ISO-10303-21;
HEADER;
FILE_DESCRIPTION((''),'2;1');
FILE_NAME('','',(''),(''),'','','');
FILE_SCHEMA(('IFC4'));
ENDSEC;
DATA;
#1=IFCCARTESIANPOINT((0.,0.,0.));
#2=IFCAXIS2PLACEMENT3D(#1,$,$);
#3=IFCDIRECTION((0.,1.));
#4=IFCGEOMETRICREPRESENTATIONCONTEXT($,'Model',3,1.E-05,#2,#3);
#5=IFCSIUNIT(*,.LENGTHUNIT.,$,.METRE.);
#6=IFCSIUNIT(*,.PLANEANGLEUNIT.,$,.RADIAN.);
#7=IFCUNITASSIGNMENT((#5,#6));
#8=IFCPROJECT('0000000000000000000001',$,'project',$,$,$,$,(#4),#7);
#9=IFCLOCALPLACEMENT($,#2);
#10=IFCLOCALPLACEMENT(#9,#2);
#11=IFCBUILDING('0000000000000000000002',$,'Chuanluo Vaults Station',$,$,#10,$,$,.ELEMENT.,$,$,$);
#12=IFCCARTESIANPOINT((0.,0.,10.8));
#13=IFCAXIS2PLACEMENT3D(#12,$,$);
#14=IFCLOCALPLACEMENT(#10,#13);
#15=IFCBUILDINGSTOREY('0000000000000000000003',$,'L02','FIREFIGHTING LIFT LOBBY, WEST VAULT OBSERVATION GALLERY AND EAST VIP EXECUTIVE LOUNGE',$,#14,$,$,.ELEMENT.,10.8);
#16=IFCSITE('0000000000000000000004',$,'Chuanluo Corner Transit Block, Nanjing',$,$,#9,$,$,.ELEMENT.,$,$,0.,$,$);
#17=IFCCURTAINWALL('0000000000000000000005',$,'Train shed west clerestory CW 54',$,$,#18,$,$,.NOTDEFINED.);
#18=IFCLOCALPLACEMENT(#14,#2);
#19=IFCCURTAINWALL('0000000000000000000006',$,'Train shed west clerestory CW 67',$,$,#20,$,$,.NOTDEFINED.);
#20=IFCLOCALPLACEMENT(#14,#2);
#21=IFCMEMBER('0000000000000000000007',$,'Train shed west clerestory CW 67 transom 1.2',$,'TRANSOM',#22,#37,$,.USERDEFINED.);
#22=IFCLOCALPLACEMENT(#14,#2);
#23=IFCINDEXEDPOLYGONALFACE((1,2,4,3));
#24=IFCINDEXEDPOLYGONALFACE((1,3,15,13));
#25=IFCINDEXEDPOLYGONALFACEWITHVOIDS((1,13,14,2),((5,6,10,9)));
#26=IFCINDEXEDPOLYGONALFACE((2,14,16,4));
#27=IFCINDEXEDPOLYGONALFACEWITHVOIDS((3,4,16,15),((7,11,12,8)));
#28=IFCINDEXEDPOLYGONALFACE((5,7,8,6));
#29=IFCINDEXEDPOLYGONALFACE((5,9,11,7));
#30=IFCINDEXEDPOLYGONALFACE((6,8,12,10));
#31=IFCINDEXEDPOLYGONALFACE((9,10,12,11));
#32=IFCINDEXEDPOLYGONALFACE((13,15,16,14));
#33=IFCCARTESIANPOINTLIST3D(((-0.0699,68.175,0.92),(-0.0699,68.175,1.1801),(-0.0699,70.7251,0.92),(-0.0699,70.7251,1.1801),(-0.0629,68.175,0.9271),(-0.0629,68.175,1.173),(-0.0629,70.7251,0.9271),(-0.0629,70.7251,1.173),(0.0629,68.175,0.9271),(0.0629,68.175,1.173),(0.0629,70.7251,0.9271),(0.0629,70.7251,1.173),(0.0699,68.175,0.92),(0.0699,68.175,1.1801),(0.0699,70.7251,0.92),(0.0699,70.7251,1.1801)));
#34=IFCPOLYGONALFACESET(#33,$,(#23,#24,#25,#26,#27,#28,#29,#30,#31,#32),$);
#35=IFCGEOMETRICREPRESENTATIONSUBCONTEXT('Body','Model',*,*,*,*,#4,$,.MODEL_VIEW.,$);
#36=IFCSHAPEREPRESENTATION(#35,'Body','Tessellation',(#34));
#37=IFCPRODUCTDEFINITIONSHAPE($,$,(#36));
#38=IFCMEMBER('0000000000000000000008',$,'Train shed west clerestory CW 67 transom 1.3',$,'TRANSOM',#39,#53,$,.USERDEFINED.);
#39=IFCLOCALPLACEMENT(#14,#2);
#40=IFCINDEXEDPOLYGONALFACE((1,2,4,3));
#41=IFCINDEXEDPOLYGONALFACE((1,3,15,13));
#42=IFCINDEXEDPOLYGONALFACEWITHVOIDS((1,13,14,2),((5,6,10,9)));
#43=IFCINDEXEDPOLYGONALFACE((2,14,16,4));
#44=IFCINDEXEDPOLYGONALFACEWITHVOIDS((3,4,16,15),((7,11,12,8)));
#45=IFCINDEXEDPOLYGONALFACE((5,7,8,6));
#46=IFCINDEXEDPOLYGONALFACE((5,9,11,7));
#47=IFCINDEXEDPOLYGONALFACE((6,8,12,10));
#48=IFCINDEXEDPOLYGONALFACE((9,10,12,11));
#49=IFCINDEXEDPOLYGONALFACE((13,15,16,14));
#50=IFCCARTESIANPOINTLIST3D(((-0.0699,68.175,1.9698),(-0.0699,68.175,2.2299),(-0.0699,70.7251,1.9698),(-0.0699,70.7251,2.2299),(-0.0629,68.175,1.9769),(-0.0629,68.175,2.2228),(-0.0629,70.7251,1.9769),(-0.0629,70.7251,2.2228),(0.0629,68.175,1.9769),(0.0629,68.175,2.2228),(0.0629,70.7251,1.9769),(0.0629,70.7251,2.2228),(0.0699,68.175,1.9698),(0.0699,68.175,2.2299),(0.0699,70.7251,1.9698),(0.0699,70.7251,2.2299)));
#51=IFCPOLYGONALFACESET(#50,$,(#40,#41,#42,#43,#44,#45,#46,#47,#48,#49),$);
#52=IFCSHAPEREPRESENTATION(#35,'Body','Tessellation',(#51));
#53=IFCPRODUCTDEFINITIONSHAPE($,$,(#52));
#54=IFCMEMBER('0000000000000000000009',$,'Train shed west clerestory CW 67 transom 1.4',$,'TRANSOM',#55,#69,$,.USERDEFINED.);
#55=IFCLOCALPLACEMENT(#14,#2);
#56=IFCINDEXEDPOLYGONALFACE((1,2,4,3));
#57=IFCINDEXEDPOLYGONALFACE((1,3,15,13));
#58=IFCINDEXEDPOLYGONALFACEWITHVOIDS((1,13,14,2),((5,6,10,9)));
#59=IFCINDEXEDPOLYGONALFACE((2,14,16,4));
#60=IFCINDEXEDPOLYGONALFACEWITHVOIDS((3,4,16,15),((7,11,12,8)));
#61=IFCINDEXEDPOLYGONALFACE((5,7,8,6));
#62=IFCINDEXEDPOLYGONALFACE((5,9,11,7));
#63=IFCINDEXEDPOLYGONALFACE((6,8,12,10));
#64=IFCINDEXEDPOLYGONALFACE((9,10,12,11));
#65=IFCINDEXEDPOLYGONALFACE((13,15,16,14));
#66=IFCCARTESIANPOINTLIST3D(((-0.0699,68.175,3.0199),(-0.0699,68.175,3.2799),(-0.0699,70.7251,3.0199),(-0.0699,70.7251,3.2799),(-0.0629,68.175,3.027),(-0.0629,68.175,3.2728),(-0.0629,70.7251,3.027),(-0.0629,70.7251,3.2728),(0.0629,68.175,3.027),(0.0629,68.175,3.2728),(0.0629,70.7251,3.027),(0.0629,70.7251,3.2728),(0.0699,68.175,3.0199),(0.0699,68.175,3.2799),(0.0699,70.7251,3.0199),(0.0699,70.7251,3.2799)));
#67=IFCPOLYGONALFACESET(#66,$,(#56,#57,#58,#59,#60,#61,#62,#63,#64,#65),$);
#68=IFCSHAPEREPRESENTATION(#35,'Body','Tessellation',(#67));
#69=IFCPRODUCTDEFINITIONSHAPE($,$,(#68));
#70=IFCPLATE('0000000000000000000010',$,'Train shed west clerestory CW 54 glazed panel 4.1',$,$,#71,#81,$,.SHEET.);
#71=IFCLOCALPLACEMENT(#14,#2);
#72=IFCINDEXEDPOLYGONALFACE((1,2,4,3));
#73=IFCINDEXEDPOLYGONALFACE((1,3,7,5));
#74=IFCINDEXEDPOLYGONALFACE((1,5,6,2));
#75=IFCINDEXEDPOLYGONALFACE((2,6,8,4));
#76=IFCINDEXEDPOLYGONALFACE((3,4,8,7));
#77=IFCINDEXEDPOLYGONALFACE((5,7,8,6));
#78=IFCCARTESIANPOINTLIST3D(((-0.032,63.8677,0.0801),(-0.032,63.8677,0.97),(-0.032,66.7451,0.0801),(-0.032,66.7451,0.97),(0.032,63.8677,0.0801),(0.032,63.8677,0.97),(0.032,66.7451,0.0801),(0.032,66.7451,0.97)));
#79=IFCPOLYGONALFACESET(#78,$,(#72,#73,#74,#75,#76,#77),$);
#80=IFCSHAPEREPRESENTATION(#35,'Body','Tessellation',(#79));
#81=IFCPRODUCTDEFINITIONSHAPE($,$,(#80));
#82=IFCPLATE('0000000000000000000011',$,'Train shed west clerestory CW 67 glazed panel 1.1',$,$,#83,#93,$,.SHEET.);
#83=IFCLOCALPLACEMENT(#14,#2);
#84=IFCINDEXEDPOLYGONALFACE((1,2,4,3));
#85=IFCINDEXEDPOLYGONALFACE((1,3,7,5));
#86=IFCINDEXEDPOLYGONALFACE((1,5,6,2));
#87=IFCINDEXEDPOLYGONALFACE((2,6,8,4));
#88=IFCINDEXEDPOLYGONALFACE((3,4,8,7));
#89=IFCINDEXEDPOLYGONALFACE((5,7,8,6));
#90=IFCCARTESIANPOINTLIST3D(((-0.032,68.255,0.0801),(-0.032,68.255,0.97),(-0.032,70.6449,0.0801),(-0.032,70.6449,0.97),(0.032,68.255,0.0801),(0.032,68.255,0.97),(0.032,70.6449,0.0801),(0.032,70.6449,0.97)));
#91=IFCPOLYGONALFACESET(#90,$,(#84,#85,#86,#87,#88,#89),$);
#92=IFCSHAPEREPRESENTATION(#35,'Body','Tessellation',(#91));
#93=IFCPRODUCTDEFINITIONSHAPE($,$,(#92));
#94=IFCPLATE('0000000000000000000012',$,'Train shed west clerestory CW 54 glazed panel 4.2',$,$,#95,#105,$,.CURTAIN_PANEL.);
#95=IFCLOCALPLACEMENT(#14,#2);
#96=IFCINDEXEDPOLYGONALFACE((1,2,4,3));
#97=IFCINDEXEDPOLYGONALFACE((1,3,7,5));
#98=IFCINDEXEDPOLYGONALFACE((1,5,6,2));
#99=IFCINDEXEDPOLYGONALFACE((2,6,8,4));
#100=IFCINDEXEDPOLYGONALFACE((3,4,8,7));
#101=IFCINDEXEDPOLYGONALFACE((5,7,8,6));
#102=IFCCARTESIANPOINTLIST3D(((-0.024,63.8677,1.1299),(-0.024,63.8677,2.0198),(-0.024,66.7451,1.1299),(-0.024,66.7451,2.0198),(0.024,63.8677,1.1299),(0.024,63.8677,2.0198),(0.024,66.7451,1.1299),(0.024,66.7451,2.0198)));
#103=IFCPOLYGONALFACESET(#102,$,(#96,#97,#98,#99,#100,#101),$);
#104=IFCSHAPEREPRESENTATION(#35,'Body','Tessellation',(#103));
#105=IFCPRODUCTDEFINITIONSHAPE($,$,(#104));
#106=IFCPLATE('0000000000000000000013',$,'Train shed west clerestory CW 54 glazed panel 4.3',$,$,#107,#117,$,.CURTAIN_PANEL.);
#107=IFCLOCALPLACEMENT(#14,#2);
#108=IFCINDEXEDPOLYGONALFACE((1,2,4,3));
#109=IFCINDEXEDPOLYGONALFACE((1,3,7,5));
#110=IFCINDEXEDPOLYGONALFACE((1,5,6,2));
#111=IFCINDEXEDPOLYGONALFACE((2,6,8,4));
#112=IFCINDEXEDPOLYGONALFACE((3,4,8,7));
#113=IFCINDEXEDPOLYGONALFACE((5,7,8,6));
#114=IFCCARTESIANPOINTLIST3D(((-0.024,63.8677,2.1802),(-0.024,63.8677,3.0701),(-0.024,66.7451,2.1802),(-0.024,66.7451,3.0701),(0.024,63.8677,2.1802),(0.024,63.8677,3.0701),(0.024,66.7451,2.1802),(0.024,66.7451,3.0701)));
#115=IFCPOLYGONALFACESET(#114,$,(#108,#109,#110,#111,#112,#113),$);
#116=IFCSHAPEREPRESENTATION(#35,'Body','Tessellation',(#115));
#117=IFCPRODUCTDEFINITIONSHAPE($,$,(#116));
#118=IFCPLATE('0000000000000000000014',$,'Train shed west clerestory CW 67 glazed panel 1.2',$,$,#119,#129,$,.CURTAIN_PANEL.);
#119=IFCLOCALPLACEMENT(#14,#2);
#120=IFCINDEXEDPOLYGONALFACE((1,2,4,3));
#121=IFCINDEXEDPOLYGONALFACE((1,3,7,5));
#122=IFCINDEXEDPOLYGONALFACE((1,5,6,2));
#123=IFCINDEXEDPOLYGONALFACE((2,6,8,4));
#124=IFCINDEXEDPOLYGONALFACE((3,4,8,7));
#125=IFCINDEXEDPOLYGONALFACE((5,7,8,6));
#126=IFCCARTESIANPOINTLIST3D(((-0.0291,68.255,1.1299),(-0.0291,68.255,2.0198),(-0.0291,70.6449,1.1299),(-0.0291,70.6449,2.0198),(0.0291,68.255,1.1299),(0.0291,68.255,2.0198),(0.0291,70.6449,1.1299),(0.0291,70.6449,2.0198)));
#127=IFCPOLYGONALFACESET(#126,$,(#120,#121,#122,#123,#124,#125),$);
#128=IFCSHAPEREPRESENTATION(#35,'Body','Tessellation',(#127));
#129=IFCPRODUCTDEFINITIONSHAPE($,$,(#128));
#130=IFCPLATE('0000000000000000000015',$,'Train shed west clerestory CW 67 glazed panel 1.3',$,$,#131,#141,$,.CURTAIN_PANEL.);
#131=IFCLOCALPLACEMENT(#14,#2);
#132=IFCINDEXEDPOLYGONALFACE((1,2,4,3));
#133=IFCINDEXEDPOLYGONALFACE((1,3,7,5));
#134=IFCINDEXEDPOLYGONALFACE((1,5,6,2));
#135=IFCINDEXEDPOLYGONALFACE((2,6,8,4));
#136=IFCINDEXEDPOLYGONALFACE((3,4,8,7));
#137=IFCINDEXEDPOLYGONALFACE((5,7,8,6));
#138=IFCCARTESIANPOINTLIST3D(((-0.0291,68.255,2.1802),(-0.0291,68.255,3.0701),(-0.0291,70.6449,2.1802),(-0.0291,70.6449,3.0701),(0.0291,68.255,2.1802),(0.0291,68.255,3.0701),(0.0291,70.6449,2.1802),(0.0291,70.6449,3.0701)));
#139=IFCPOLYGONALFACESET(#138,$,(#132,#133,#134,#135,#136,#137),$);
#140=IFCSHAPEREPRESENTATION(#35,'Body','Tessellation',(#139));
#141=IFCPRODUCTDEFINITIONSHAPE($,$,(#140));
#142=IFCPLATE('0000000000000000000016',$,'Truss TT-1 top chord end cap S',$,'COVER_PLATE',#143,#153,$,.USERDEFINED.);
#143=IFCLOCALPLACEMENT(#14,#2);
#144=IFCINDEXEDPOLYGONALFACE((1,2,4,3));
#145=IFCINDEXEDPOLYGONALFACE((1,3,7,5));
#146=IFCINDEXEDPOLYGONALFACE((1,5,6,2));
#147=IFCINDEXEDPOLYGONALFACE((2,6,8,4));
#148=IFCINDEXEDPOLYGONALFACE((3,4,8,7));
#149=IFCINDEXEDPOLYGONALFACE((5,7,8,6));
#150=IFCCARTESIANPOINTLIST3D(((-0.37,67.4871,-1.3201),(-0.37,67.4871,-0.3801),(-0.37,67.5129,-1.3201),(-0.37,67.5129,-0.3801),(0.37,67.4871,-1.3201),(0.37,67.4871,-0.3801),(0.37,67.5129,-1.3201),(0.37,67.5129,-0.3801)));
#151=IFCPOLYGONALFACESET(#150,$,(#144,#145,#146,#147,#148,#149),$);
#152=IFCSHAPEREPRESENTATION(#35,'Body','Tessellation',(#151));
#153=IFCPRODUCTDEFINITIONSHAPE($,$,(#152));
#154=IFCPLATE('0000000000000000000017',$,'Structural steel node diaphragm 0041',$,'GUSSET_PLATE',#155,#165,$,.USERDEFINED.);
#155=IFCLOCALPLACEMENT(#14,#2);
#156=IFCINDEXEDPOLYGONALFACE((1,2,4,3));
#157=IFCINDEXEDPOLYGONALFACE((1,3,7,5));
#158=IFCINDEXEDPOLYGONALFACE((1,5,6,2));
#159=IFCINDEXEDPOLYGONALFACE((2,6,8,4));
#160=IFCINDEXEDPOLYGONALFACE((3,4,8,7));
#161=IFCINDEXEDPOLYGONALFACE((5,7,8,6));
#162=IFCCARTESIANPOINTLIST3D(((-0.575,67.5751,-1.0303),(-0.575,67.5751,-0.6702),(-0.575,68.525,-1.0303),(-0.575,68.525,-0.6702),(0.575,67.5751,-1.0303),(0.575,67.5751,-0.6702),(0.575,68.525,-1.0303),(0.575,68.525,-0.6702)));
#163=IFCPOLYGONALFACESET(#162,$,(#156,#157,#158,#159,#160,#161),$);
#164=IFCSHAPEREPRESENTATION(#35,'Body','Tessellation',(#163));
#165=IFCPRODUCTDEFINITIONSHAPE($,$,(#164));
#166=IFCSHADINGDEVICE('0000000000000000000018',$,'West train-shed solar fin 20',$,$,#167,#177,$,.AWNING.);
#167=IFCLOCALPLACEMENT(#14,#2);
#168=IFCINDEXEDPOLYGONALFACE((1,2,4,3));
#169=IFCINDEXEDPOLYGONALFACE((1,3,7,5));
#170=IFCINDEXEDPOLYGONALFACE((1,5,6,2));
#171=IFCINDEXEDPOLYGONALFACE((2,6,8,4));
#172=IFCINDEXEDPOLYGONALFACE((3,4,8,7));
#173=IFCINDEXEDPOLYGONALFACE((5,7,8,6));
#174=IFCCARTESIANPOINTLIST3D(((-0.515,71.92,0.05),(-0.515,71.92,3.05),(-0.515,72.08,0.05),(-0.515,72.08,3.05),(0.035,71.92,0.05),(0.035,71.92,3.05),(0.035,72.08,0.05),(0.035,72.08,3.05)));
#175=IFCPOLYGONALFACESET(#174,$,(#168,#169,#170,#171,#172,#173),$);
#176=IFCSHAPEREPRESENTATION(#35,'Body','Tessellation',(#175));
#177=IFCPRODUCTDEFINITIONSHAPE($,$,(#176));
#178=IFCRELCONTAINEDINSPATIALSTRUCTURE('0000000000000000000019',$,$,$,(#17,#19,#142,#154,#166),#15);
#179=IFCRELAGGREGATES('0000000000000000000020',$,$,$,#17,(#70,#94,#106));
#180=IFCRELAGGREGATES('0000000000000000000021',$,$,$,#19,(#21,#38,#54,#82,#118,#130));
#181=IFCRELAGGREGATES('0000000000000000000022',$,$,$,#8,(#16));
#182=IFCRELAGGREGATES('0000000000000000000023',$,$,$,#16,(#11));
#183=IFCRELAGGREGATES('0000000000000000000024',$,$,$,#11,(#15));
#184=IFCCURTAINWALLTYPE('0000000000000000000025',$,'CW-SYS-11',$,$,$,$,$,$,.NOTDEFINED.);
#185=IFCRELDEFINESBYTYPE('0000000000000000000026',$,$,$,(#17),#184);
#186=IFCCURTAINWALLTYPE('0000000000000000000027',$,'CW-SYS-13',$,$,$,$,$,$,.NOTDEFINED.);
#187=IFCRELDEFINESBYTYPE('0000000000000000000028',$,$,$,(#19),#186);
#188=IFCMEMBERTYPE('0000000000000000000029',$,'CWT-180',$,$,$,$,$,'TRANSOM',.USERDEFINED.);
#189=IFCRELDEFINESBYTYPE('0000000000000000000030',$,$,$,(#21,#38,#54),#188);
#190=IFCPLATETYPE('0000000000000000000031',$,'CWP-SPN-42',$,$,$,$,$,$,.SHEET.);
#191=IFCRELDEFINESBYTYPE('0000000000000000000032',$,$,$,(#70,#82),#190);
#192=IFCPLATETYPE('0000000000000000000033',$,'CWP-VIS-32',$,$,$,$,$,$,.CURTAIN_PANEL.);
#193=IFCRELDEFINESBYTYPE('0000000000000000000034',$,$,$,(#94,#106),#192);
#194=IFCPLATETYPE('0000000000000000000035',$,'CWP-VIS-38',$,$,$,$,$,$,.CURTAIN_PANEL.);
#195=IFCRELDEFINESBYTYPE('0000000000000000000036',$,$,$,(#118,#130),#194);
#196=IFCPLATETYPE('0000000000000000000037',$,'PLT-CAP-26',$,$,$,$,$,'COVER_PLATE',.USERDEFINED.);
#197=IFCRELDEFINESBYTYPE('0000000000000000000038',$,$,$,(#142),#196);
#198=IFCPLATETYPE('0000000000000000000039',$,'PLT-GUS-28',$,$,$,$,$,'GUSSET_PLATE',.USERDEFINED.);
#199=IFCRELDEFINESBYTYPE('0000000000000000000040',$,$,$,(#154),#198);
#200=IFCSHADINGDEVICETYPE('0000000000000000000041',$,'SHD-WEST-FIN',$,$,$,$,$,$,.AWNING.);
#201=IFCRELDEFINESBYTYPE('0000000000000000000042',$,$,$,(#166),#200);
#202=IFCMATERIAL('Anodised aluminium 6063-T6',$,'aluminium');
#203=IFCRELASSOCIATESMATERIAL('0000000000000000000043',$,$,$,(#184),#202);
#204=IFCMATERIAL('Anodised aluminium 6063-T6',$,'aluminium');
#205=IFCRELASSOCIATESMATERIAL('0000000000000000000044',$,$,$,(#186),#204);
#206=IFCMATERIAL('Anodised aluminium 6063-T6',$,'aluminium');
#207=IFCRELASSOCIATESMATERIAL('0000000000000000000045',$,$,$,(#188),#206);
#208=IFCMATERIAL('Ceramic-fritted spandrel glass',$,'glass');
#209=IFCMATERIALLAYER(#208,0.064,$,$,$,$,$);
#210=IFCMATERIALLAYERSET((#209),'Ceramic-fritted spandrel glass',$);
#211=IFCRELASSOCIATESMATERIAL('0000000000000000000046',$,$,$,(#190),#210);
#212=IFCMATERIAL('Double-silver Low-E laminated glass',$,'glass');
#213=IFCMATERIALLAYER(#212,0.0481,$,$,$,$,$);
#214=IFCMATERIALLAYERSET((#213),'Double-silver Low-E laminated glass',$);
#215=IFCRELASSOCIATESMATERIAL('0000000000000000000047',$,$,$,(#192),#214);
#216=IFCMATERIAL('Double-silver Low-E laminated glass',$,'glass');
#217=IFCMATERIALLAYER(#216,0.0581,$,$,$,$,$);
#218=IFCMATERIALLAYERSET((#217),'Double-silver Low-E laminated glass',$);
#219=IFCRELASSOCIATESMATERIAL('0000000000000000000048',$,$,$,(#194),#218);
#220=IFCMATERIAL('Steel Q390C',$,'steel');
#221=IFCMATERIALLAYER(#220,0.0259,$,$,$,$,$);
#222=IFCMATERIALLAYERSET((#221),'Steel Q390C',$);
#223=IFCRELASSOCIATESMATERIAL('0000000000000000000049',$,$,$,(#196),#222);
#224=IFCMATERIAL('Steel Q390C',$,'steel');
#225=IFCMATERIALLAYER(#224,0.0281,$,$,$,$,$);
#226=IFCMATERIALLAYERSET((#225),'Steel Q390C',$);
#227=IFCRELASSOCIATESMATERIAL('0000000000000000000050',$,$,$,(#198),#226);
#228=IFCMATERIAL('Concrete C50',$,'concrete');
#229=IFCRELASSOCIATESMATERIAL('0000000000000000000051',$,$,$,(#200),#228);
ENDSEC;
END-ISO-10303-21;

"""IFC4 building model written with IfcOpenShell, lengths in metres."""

from ifc_helpers import new_model, si_unit, direction, frame, origin, origin_2d, place, context, subcontext, project, spatial, rectangle, hollow_rectangle, extrude, material, layer, layer_set, material_profile, profile_set, type_object, element, aggregate, save


model = new_model("IFC4")

# Units and contexts
model_context = context("Model", 3, precision=1e-05, world=origin(), true_north=direction((0.0, 1.0)))
body_context = subcontext(model_context, "Body", "Model", "MODEL_VIEW")
ifc_project = project(units=[si_unit("LENGTHUNIT", "METRE"), si_unit("PLANEANGLEUNIT", "RADIAN")], contexts=[model_context])

# Site, building, storey
site_placement = place(None, origin())
site = spatial("IfcSite", under=ifc_project, at=site_placement, Name="Chuanluo Corner Transit Block, Nanjing", CompositionType="ELEMENT", RefElevation=0.0)
building_placement = place(site_placement, origin())
building = spatial("IfcBuilding", under=site, at=building_placement, Name="Chuanluo Vaults Station", CompositionType="ELEMENT")
storey_placement = place(building_placement, frame((0.0, 0.0, 10.8)))
storey = spatial("IfcBuildingStorey", under=building, at=storey_placement, Name="L02", Description="FIREFIGHTING LIFT LOBBY, WEST VAULT OBSERVATION GALLERY AND EAST VIP EXECUTIVE LOUNGE", CompositionType="ELEMENT", Elevation=10.8)

# Curtain wall
ifc_material_1 = material(Name="Anodised aluminium 6063-T6", Category="aluminium")
curtain_wall_type_1 = type_object("IfcCurtainWallType", Name="CW-SYS-11", PredefinedType="NOTDEFINED", material=ifc_material_1)
curtain_wall_1_placement = place(storey_placement, origin())
curtain_wall_1 = element("IfcCurtainWall", 1, at=curtain_wall_1_placement, inside=storey, type_object=curtain_wall_type_1, Name="Train shed west clerestory CW 54", PredefinedType="NOTDEFINED")

# Curtain wall
ifc_material_2 = material(Name="Anodised aluminium 6063-T6", Category="aluminium")
curtain_wall_type_2 = type_object("IfcCurtainWallType", Name="CW-SYS-13", PredefinedType="NOTDEFINED", material=ifc_material_2)
curtain_wall_2_placement = place(storey_placement, origin())
curtain_wall_2 = element("IfcCurtainWall", 2, at=curtain_wall_2_placement, inside=storey, type_object=curtain_wall_type_2, Name="Train shed west clerestory CW 67", PredefinedType="NOTDEFINED")

# Members
ifc_material_3 = material(Name="Anodised aluminium 6063-T6", Category="aluminium")
ifc_material_profile_1 = material_profile(ifc_material_3, hollow_rectangle(XDim=0.1399, YDim=0.26, WallThickness=0.0071, at=origin_2d()))
ifc_profile_set_1 = profile_set([ifc_material_profile_1], Name="Anodised aluminium 6063-T6")
member_type_1 = type_object("IfcMemberType", Name="CWT-180", ElementType="TRANSOM", PredefinedType="USERDEFINED", material=ifc_profile_set_1)
member_1_placement = place(storey_placement, frame((0.0, 68.175, 1.05), z_axis=(0.0, 1.0, 0.0), x_axis=(-1.0, 0.0, 0.0)))
member_1 = element("IfcMember", 3, at=member_1_placement, type_object=member_type_1, Name="Train shed west clerestory CW 67 transom 1.2", ObjectType="TRANSOM", PredefinedType="USERDEFINED", context=body_context, shape_type="SweptSolid", body=[
    extrude(hollow_rectangle(XDim=0.1399, YDim=0.26, WallThickness=0.0071, at=origin_2d()), origin(), (0.0, 0.0, 1.0), 2.55),
])
member_2_placement = place(storey_placement, frame((0.0, 68.175, 2.0999), z_axis=(0.0, 1.0, 0.0), x_axis=(-1.0, 0.0, 0.0)))
member_2 = element("IfcMember", 4, at=member_2_placement, type_object=member_type_1, Name="Train shed west clerestory CW 67 transom 1.3", ObjectType="TRANSOM", PredefinedType="USERDEFINED", context=body_context, shape_type="SweptSolid", body=[
    extrude(hollow_rectangle(XDim=0.1399, YDim=0.26, WallThickness=0.0071, at=origin_2d()), origin(), (0.0, 0.0, 1.0), 2.55),
])
member_3_placement = place(storey_placement, frame((0.0, 68.175, 3.1499), z_axis=(0.0, 1.0, 0.0), x_axis=(-1.0, 0.0, 0.0)))
member_3 = element("IfcMember", 5, at=member_3_placement, type_object=member_type_1, Name="Train shed west clerestory CW 67 transom 1.4", ObjectType="TRANSOM", PredefinedType="USERDEFINED", context=body_context, shape_type="SweptSolid", body=[
    extrude(hollow_rectangle(XDim=0.1399, YDim=0.26, WallThickness=0.0071, at=origin_2d()), origin(), (0.0, 0.0, 1.0), 2.55),
])

# Plates
ifc_material_4 = material(Name="Ceramic-fritted spandrel glass", Category="glass")
ifc_layer_1 = layer(ifc_material_4, 0.064)
ifc_layer_set_1 = layer_set([ifc_layer_1], Name="Ceramic-fritted spandrel glass")
plate_type_1 = type_object("IfcPlateType", Name="CWP-SPN-42", PredefinedType="SHEET", material=ifc_layer_set_1)
plate_1_placement = place(storey_placement, frame((0.0, 65.3064, 0.0801), z_axis=(0.0, 0.0, 1.0), x_axis=(0.0, 1.0, 0.0)))
plate_1 = element("IfcPlate", 6, at=plate_1_placement, type_object=plate_type_1, Name="Train shed west clerestory CW 54 glazed panel 4.1", PredefinedType="SHEET", context=body_context, shape_type="SweptSolid", body=[
    extrude(rectangle(XDim=2.8774, YDim=0.064, at=origin_2d()), origin(), (0.0, 0.0, 1.0), 0.8899),
])
plate_2_placement = place(storey_placement, frame((0.0, 69.45, 0.0801), z_axis=(0.0, 0.0, 1.0), x_axis=(0.0, 1.0, 0.0)))
plate_2 = element("IfcPlate", 7, at=plate_2_placement, type_object=plate_type_1, Name="Train shed west clerestory CW 67 glazed panel 1.1", PredefinedType="SHEET", context=body_context, shape_type="SweptSolid", body=[
    extrude(rectangle(XDim=2.3899, YDim=0.064, at=origin_2d()), origin(), (0.0, 0.0, 1.0), 0.8899),
])
ifc_material_5 = material(Name="Double-silver Low-E laminated glass", Category="glass")
ifc_layer_2 = layer(ifc_material_5, 0.0481)
ifc_layer_set_2 = layer_set([ifc_layer_2], Name="Double-silver Low-E laminated glass")
plate_type_2 = type_object("IfcPlateType", Name="CWP-VIS-32", PredefinedType="CURTAIN_PANEL", material=ifc_layer_set_2)
plate_3_placement = place(storey_placement, frame((0.0, 65.3064, 1.1299), z_axis=(0.0, 0.0, 1.0), x_axis=(0.0, 1.0, 0.0)))
plate_3 = element("IfcPlate", 8, at=plate_3_placement, type_object=plate_type_2, Name="Train shed west clerestory CW 54 glazed panel 4.2", PredefinedType="CURTAIN_PANEL", context=body_context, shape_type="SweptSolid", body=[
    extrude(rectangle(XDim=2.8774, YDim=0.0481, at=origin_2d()), origin(), (0.0, 0.0, 1.0), 0.8899),
])
plate_4_placement = place(storey_placement, frame((0.0, 65.3064, 2.1802), z_axis=(0.0, 0.0, 1.0), x_axis=(0.0, 1.0, 0.0)))
plate_4 = element("IfcPlate", 9, at=plate_4_placement, type_object=plate_type_2, Name="Train shed west clerestory CW 54 glazed panel 4.3", PredefinedType="CURTAIN_PANEL", context=body_context, shape_type="SweptSolid", body=[
    extrude(rectangle(XDim=2.8774, YDim=0.0481, at=origin_2d()), origin(), (0.0, 0.0, 1.0), 0.8899),
])
aggregate(curtain_wall_1, [plate_1, plate_3, plate_4])
ifc_material_6 = material(Name="Double-silver Low-E laminated glass", Category="glass")
ifc_layer_3 = layer(ifc_material_6, 0.0581)
ifc_layer_set_3 = layer_set([ifc_layer_3], Name="Double-silver Low-E laminated glass")
plate_type_3 = type_object("IfcPlateType", Name="CWP-VIS-38", PredefinedType="CURTAIN_PANEL", material=ifc_layer_set_3)
plate_5_placement = place(storey_placement, frame((0.0, 69.45, 1.1299), z_axis=(0.0, 0.0, 1.0), x_axis=(0.0, 1.0, 0.0)))
plate_5 = element("IfcPlate", 10, at=plate_5_placement, type_object=plate_type_3, Name="Train shed west clerestory CW 67 glazed panel 1.2", PredefinedType="CURTAIN_PANEL", context=body_context, shape_type="SweptSolid", body=[
    extrude(rectangle(XDim=2.3899, YDim=0.0581, at=origin_2d()), origin(), (0.0, 0.0, 1.0), 0.8899),
])
plate_6_placement = place(storey_placement, frame((0.0, 69.45, 2.1802), z_axis=(0.0, 0.0, 1.0), x_axis=(0.0, 1.0, 0.0)))
plate_6 = element("IfcPlate", 11, at=plate_6_placement, type_object=plate_type_3, Name="Train shed west clerestory CW 67 glazed panel 1.3", PredefinedType="CURTAIN_PANEL", context=body_context, shape_type="SweptSolid", body=[
    extrude(rectangle(XDim=2.3899, YDim=0.0581, at=origin_2d()), origin(), (0.0, 0.0, 1.0), 0.8899),
])
aggregate(curtain_wall_2, [member_1, member_2, member_3, plate_2, plate_5, plate_6])

# Plates
ifc_material_7 = material(Name="Steel Q390C", Category="steel")
ifc_layer_4 = layer(ifc_material_7, 0.0259)
ifc_layer_set_4 = layer_set([ifc_layer_4], Name="Steel Q390C")
plate_type_4 = type_object("IfcPlateType", Name="PLT-CAP-26", ElementType="COVER_PLATE", PredefinedType="USERDEFINED", material=ifc_layer_set_4)
plate_7_placement = place(storey_placement, frame((0.0, 67.5, -1.3201), z_axis=(0.0, 0.0, 1.0), x_axis=(1.0, 0.0, 0.0)))
element("IfcPlate", 12, at=plate_7_placement, inside=storey, type_object=plate_type_4, Name="Truss TT-1 top chord end cap S", ObjectType="COVER_PLATE", PredefinedType="USERDEFINED", context=body_context, shape_type="SweptSolid", body=[
    extrude(rectangle(XDim=0.74, YDim=0.0259, at=origin_2d()), origin(), (0.0, 0.0, 1.0), 0.9399),
])
ifc_material_8 = material(Name="Steel Q390C", Category="steel")
ifc_layer_5 = layer(ifc_material_8, 0.0281)
ifc_layer_set_5 = layer_set([ifc_layer_5], Name="Steel Q390C")
plate_type_5 = type_object("IfcPlateType", Name="PLT-GUS-28", ElementType="GUSSET_PLATE", PredefinedType="USERDEFINED", material=ifc_layer_set_5)
plate_8_placement = place(storey_placement, frame((0.0, 68.05, -1.0303), z_axis=(0.0, 0.0, 1.0), x_axis=(1.0, 0.0, 0.0)))
element("IfcPlate", 13, at=plate_8_placement, inside=storey, type_object=plate_type_5, Name="Structural steel node diaphragm 0041", ObjectType="GUSSET_PLATE", PredefinedType="USERDEFINED", context=body_context, shape_type="SweptSolid", body=[
    extrude(rectangle(XDim=1.1499, YDim=0.95, at=origin_2d()), origin(), (0.0, 0.0, 1.0), 0.3601),
])

# Shading device
ifc_material_9 = material(Name="Concrete C50", Category="concrete")
shading_device_type = type_object("IfcShadingDeviceType", Name="SHD-WEST-FIN", PredefinedType="AWNING", material=ifc_material_9)
shading_device_placement = place(storey_placement, frame((-0.24, 72.0, 0.05), z_axis=(0.0, 0.0, 1.0), x_axis=(1.0, 0.0, 0.0)))
element("IfcShadingDevice", 14, at=shading_device_placement, inside=storey, type_object=shading_device_type, Name="West train-shed solar fin 20", PredefinedType="AWNING", context=body_context, shape_type="SweptSolid", body=[
    extrude(rectangle(XDim=0.55, YDim=0.1599, at=origin_2d()), origin(), (0.0, 0.0, 1.0), 3.0),
])

save(model, "model.ifc")
